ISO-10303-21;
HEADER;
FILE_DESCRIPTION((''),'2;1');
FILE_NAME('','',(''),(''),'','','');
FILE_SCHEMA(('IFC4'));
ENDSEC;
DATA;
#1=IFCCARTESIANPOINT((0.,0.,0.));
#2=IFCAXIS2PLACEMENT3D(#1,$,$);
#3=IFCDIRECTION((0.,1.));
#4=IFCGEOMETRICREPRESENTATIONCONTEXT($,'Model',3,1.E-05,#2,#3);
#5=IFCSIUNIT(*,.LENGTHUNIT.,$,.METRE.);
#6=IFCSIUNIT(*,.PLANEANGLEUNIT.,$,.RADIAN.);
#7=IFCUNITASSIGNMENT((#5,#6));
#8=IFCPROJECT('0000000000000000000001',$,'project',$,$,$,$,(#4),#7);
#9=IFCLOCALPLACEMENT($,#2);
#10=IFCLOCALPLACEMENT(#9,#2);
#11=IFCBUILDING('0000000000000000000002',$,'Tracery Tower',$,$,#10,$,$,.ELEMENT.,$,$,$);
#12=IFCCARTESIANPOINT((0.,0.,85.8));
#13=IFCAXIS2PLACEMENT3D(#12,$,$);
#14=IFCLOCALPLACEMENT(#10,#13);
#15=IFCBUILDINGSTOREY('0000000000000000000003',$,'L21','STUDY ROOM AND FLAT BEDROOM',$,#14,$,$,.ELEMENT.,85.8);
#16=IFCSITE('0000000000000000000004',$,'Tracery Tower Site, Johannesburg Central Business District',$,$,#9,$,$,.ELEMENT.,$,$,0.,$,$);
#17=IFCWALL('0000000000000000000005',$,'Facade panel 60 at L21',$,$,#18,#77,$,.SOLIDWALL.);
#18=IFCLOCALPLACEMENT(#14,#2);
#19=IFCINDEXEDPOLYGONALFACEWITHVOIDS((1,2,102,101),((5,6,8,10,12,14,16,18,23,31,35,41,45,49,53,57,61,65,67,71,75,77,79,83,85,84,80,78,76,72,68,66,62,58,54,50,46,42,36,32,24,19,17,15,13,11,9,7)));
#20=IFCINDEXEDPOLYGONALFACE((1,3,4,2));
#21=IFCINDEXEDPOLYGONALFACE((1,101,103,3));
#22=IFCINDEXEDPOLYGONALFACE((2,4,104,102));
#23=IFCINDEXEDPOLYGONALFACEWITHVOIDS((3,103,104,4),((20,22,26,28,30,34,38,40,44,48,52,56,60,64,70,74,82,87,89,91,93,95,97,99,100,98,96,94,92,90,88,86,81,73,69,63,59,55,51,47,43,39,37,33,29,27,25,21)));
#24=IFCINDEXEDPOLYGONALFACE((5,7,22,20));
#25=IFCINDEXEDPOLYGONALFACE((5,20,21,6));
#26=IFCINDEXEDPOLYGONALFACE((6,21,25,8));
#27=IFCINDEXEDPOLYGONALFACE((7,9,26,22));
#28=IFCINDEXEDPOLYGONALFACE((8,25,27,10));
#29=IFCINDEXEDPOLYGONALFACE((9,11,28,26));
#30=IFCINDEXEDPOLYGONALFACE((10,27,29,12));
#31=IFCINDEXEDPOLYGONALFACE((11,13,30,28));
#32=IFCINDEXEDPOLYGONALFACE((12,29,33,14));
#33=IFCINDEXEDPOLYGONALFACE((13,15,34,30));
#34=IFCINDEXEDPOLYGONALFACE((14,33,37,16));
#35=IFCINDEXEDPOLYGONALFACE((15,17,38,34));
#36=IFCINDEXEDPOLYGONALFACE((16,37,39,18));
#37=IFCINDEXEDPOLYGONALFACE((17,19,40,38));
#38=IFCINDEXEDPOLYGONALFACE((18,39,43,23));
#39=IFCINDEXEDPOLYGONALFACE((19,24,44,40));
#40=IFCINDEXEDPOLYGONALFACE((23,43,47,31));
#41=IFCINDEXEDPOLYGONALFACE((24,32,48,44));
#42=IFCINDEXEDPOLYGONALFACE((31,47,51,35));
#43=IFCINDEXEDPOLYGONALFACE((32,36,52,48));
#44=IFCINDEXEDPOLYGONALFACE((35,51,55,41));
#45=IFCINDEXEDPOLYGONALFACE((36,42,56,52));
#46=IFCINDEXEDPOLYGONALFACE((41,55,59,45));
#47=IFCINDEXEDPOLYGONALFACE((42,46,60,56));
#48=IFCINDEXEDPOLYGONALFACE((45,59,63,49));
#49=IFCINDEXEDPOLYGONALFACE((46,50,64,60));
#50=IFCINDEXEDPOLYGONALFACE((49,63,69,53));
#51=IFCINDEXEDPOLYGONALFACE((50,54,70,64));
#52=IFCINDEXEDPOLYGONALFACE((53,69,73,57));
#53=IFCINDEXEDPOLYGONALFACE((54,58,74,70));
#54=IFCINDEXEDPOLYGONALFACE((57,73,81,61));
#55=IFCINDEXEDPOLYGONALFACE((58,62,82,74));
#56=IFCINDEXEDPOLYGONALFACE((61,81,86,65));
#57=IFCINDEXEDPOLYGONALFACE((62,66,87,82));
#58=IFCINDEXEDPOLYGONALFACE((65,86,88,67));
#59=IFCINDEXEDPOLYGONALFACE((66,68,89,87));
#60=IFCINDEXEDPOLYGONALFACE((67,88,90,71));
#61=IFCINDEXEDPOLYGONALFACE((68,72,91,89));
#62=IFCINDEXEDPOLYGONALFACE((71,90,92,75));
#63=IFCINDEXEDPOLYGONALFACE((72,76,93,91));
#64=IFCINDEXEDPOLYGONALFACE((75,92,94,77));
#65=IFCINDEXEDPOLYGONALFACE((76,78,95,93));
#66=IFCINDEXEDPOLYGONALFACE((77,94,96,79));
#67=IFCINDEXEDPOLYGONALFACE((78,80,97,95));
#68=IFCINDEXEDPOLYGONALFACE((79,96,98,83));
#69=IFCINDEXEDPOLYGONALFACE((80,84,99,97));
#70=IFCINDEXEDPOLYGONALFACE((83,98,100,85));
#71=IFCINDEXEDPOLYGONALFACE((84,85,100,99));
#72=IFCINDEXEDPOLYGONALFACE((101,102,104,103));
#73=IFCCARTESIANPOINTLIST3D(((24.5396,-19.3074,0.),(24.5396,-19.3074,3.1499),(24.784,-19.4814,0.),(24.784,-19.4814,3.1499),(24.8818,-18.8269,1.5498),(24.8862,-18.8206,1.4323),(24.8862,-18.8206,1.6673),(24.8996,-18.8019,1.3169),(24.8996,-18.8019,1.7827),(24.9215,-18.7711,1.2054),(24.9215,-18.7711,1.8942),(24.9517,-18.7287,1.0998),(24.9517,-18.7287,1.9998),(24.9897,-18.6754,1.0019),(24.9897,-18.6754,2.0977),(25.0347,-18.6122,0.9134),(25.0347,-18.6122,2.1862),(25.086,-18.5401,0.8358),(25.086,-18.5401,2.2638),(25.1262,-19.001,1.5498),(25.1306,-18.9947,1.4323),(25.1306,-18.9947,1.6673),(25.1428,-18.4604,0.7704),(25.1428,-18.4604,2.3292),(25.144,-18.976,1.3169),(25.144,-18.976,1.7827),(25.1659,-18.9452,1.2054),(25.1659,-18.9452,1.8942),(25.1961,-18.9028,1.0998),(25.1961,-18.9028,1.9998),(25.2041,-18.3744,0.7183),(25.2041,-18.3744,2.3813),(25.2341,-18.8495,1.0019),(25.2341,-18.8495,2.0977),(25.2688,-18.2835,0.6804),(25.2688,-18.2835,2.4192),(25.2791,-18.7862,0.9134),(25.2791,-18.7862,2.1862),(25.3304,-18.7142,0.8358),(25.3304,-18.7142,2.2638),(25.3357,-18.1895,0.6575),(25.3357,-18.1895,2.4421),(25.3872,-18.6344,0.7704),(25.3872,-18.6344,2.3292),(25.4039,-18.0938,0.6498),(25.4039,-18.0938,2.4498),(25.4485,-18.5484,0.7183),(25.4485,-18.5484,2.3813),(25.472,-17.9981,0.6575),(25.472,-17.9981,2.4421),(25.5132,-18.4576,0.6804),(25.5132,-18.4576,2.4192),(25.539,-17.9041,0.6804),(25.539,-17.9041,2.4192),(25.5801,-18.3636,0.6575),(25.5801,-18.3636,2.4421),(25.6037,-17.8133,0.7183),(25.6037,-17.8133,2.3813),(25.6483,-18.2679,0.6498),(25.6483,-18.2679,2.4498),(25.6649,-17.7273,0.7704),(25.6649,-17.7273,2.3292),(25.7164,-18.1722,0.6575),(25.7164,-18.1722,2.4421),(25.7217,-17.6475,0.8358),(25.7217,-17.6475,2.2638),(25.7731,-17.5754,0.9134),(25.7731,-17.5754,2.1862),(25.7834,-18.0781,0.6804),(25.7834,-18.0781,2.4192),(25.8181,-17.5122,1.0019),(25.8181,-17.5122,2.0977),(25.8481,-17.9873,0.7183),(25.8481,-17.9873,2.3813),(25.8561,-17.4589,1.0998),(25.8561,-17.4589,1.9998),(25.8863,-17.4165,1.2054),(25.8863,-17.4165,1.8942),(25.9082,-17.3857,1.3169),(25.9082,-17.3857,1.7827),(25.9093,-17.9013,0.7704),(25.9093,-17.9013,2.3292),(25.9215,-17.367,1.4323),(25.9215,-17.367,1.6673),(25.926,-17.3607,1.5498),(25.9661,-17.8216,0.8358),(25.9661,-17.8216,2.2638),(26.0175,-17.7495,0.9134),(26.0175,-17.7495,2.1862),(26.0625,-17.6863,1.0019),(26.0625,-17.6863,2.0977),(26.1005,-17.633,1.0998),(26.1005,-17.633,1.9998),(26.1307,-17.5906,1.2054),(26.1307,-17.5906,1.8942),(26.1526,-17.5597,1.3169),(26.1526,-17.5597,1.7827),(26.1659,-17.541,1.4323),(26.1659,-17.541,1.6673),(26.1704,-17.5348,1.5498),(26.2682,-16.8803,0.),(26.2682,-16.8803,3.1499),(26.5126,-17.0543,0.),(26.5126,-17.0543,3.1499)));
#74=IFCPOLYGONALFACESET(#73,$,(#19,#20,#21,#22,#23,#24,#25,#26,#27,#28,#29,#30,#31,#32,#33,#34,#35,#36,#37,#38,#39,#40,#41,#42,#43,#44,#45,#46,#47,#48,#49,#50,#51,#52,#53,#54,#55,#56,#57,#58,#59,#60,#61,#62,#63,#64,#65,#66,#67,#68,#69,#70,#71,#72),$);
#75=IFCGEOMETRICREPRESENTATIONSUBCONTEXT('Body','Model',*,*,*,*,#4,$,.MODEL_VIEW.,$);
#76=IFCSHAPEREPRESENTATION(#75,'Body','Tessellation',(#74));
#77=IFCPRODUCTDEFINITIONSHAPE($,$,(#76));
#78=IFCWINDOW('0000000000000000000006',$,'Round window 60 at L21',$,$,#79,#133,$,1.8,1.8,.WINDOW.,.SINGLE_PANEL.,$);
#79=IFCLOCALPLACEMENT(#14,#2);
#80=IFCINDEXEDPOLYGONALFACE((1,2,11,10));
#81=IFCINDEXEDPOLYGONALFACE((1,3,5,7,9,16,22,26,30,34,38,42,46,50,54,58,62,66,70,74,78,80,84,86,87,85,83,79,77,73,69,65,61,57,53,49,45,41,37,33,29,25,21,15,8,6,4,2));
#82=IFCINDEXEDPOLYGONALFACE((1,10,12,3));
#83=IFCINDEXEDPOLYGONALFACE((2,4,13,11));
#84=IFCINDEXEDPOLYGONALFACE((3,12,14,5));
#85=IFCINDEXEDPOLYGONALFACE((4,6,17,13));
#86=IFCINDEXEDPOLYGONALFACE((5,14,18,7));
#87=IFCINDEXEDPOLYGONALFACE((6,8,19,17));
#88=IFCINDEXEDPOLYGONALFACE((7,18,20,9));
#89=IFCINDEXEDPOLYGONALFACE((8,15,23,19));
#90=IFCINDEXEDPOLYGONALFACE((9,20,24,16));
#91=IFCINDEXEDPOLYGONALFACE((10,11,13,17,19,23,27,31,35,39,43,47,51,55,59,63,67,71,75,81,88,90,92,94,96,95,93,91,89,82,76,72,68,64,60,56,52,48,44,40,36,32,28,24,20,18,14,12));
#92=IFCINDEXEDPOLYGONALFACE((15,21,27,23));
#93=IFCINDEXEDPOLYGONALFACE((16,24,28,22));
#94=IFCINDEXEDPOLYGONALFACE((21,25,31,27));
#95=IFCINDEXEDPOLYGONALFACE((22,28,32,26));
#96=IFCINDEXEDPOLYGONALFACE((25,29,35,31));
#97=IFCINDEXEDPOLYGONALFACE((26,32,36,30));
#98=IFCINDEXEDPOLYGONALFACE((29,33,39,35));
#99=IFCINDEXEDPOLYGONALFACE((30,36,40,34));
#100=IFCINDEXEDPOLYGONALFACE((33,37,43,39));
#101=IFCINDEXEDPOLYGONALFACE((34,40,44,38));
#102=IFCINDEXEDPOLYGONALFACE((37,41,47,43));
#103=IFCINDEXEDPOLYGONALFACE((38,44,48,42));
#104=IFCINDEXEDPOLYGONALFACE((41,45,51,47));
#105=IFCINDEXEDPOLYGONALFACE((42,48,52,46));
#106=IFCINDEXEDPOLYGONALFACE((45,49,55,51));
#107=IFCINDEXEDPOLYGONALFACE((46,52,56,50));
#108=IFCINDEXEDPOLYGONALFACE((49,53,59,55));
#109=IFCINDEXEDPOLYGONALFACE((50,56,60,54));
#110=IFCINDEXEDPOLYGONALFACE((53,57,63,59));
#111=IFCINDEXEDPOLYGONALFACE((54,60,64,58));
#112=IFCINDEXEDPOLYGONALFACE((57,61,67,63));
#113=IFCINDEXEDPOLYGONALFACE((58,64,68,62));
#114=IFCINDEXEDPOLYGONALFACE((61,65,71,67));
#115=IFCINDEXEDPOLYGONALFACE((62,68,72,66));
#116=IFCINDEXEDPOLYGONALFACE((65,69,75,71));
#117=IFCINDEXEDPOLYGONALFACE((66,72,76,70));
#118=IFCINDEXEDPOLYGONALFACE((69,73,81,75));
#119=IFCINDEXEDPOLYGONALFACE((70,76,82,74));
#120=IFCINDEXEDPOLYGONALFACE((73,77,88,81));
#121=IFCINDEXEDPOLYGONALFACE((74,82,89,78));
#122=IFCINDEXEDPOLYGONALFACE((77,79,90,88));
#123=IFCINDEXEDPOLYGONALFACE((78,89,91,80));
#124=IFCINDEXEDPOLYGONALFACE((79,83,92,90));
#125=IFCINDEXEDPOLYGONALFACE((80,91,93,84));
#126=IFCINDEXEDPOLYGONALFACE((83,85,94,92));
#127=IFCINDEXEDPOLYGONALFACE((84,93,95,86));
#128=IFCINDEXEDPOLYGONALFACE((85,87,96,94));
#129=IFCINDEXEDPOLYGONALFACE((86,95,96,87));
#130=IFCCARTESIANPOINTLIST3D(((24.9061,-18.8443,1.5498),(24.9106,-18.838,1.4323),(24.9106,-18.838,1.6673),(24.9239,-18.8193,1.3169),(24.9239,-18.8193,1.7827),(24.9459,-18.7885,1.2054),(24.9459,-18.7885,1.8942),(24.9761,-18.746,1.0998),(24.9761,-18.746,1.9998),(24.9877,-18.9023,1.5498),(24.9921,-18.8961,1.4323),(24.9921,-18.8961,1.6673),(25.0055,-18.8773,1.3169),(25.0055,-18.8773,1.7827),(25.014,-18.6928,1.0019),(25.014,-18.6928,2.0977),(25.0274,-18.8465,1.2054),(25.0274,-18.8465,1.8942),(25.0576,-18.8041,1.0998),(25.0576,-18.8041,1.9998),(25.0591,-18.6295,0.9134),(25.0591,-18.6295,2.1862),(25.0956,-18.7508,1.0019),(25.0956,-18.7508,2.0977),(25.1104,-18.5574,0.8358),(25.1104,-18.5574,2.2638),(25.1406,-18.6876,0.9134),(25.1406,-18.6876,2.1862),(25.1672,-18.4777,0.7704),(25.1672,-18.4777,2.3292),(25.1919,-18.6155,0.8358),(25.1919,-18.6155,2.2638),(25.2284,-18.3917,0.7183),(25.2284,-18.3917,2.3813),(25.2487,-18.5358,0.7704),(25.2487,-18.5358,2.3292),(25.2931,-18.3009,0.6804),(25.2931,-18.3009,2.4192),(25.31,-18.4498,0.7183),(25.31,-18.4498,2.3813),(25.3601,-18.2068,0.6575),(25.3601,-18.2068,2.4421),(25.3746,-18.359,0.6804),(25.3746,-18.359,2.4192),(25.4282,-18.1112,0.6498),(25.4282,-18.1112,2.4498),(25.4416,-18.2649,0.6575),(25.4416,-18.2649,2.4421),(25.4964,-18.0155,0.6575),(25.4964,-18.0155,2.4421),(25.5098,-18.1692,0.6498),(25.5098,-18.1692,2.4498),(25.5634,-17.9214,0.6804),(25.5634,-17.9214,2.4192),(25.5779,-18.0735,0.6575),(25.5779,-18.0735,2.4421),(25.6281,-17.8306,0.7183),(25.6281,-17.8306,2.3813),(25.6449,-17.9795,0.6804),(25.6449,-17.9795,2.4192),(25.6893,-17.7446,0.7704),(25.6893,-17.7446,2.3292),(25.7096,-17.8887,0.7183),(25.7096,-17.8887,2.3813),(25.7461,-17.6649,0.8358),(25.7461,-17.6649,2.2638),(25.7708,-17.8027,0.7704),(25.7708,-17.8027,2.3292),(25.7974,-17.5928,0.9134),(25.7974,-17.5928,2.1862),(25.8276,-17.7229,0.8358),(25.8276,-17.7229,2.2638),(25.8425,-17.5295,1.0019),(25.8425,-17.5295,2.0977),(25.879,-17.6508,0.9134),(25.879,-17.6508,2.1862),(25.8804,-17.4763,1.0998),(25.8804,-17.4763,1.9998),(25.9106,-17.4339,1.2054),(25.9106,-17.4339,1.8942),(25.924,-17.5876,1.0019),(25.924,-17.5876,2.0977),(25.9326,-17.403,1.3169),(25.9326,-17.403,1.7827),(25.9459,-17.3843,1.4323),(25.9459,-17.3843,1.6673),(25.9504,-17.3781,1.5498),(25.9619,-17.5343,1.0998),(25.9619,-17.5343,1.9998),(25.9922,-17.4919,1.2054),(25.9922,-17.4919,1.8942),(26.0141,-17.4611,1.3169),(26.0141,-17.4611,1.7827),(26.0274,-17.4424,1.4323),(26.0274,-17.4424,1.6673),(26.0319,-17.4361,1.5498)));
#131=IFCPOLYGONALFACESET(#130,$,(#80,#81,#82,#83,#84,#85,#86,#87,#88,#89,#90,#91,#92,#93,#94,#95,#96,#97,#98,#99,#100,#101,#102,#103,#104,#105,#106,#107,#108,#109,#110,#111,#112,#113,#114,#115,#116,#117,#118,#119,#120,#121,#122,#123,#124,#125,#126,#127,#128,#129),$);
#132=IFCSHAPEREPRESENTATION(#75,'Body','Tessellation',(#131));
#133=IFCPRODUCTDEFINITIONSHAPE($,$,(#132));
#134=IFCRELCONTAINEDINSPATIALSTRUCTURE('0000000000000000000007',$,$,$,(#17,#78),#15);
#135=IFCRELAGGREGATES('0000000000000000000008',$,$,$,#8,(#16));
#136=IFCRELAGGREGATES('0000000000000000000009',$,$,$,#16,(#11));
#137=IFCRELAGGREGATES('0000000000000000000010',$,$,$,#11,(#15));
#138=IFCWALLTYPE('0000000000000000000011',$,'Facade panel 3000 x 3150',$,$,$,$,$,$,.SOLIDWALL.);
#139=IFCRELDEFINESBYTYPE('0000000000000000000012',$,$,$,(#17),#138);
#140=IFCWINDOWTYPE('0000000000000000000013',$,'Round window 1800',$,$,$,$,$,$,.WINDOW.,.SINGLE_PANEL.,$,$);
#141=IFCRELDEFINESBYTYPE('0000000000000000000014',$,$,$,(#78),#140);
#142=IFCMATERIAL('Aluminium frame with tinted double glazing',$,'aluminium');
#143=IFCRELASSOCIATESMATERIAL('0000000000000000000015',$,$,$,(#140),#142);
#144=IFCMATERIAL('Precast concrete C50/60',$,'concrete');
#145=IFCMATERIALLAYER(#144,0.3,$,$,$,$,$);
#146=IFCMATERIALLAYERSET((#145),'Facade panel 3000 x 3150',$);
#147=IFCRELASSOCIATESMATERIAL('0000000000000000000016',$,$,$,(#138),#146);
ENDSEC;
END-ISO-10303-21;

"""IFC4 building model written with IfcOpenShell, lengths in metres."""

from ifc_helpers import new_model, si_unit, direction, frame, frame_2d, origin, origin_2d, place, context, subcontext, project, spatial, rectangle, circle, extrude, material, layer, layer_set, type_object, element, fill, save


model = new_model("IFC4")

# Units and contexts
model_context = context("Model", 3, precision=1e-05, world=origin(), true_north=direction((0.0, 1.0)))
body_context = subcontext(model_context, "Body", "Model", "MODEL_VIEW")
ifc_project = project(units=[si_unit("LENGTHUNIT", "METRE"), si_unit("PLANEANGLEUNIT", "RADIAN")], contexts=[model_context])

# Site, building, storey
site_placement = place(None, origin())
site = spatial("IfcSite", under=ifc_project, at=site_placement, Name="Tracery Tower Site, Johannesburg Central Business District", CompositionType="ELEMENT", RefElevation=0.0)
building_placement = place(site_placement, origin())
building = spatial("IfcBuilding", under=site, at=building_placement, Name="Tracery Tower", CompositionType="ELEMENT")
storey_placement = place(building_placement, frame((0.0, 0.0, 85.8)))
storey = spatial("IfcBuildingStorey", under=building, at=storey_placement, Name="L21", Description="STUDY ROOM AND FLAT BEDROOM", CompositionType="ELEMENT", Elevation=85.8)

# Wall, opening, window
ifc_material_1 = material(Name="Aluminium frame with tinted double glazing", Category="aluminium")
window_type = type_object("IfcWindowType", Name="Round window 1800", PartitioningType="SINGLE_PANEL", PredefinedType="WINDOW", material=ifc_material_1)
ifc_material_2 = material(Name="Precast concrete C50/60", Category="concrete")
ifc_layer_1 = layer(ifc_material_2, 0.3)
ifc_layer_set_1 = layer_set([ifc_layer_1], Name="Facade panel 3000 x 3150")
wall_type_1 = type_object("IfcWallType", Name="Facade panel 3000 x 3150", PredefinedType="SOLIDWALL", material=ifc_layer_set_1)
wall_1_placement = place(storey_placement, frame((24.6619, -19.3943, 0.0), z_axis=(0.0, 0.0, 1.0), x_axis=(0.580114, 0.814535, 0.0)))
wall_1 = element("IfcWall", 1, at=wall_1_placement, inside=storey, type_object=wall_type_1, Name="Facade panel 60 at L21", PredefinedType="SOLIDWALL", context=body_context, shape_type="SweptSolid", body=[
    extrude(rectangle(XDim=2.9797, YDim=0.3, at=frame_2d((1.4897, 0.0))), origin(), (0.0, 0.0, 1.0), 3.1499),
])
opening_1_placement = place(wall_1_placement, frame((1.4897, 0.0, 1.5498)))
opening_1 = element("IfcOpeningElement", 2, at=opening_1_placement, cuts=wall_1, PredefinedType="OPENING", context=body_context, shape_type="SweptSolid", body=[
    extrude(circle(Radius=0.9, at=origin_2d()), frame((0.0, 0.1599, 0.0), z_axis=(0.0, -1.0, 0.0), x_axis=(1.0, 0.0, 0.0)), (0.0, 0.0, 1.0), 0.3201),
])
window_1_placement = place(opening_1_placement, origin())
window_1 = element("IfcWindow", 3, at=window_1_placement, inside=storey, type_object=window_type, Name="Round window 60 at L21", OverallHeight=1.8, OverallWidth=1.8, PartitioningType="SINGLE_PANEL", PredefinedType="WINDOW", context=body_context, shape_type="SweptSolid", body=[
    extrude(circle(Radius=0.9, at=origin_2d()), frame((0.0, 0.1201, 0.0), z_axis=(0.0, -1.0, 0.0), x_axis=(1.0, 0.0, 0.0)), (0.0, 0.0, 1.0), 0.1001),
])
fill(opening_1, window_1)

save(model, "model.ifc")
